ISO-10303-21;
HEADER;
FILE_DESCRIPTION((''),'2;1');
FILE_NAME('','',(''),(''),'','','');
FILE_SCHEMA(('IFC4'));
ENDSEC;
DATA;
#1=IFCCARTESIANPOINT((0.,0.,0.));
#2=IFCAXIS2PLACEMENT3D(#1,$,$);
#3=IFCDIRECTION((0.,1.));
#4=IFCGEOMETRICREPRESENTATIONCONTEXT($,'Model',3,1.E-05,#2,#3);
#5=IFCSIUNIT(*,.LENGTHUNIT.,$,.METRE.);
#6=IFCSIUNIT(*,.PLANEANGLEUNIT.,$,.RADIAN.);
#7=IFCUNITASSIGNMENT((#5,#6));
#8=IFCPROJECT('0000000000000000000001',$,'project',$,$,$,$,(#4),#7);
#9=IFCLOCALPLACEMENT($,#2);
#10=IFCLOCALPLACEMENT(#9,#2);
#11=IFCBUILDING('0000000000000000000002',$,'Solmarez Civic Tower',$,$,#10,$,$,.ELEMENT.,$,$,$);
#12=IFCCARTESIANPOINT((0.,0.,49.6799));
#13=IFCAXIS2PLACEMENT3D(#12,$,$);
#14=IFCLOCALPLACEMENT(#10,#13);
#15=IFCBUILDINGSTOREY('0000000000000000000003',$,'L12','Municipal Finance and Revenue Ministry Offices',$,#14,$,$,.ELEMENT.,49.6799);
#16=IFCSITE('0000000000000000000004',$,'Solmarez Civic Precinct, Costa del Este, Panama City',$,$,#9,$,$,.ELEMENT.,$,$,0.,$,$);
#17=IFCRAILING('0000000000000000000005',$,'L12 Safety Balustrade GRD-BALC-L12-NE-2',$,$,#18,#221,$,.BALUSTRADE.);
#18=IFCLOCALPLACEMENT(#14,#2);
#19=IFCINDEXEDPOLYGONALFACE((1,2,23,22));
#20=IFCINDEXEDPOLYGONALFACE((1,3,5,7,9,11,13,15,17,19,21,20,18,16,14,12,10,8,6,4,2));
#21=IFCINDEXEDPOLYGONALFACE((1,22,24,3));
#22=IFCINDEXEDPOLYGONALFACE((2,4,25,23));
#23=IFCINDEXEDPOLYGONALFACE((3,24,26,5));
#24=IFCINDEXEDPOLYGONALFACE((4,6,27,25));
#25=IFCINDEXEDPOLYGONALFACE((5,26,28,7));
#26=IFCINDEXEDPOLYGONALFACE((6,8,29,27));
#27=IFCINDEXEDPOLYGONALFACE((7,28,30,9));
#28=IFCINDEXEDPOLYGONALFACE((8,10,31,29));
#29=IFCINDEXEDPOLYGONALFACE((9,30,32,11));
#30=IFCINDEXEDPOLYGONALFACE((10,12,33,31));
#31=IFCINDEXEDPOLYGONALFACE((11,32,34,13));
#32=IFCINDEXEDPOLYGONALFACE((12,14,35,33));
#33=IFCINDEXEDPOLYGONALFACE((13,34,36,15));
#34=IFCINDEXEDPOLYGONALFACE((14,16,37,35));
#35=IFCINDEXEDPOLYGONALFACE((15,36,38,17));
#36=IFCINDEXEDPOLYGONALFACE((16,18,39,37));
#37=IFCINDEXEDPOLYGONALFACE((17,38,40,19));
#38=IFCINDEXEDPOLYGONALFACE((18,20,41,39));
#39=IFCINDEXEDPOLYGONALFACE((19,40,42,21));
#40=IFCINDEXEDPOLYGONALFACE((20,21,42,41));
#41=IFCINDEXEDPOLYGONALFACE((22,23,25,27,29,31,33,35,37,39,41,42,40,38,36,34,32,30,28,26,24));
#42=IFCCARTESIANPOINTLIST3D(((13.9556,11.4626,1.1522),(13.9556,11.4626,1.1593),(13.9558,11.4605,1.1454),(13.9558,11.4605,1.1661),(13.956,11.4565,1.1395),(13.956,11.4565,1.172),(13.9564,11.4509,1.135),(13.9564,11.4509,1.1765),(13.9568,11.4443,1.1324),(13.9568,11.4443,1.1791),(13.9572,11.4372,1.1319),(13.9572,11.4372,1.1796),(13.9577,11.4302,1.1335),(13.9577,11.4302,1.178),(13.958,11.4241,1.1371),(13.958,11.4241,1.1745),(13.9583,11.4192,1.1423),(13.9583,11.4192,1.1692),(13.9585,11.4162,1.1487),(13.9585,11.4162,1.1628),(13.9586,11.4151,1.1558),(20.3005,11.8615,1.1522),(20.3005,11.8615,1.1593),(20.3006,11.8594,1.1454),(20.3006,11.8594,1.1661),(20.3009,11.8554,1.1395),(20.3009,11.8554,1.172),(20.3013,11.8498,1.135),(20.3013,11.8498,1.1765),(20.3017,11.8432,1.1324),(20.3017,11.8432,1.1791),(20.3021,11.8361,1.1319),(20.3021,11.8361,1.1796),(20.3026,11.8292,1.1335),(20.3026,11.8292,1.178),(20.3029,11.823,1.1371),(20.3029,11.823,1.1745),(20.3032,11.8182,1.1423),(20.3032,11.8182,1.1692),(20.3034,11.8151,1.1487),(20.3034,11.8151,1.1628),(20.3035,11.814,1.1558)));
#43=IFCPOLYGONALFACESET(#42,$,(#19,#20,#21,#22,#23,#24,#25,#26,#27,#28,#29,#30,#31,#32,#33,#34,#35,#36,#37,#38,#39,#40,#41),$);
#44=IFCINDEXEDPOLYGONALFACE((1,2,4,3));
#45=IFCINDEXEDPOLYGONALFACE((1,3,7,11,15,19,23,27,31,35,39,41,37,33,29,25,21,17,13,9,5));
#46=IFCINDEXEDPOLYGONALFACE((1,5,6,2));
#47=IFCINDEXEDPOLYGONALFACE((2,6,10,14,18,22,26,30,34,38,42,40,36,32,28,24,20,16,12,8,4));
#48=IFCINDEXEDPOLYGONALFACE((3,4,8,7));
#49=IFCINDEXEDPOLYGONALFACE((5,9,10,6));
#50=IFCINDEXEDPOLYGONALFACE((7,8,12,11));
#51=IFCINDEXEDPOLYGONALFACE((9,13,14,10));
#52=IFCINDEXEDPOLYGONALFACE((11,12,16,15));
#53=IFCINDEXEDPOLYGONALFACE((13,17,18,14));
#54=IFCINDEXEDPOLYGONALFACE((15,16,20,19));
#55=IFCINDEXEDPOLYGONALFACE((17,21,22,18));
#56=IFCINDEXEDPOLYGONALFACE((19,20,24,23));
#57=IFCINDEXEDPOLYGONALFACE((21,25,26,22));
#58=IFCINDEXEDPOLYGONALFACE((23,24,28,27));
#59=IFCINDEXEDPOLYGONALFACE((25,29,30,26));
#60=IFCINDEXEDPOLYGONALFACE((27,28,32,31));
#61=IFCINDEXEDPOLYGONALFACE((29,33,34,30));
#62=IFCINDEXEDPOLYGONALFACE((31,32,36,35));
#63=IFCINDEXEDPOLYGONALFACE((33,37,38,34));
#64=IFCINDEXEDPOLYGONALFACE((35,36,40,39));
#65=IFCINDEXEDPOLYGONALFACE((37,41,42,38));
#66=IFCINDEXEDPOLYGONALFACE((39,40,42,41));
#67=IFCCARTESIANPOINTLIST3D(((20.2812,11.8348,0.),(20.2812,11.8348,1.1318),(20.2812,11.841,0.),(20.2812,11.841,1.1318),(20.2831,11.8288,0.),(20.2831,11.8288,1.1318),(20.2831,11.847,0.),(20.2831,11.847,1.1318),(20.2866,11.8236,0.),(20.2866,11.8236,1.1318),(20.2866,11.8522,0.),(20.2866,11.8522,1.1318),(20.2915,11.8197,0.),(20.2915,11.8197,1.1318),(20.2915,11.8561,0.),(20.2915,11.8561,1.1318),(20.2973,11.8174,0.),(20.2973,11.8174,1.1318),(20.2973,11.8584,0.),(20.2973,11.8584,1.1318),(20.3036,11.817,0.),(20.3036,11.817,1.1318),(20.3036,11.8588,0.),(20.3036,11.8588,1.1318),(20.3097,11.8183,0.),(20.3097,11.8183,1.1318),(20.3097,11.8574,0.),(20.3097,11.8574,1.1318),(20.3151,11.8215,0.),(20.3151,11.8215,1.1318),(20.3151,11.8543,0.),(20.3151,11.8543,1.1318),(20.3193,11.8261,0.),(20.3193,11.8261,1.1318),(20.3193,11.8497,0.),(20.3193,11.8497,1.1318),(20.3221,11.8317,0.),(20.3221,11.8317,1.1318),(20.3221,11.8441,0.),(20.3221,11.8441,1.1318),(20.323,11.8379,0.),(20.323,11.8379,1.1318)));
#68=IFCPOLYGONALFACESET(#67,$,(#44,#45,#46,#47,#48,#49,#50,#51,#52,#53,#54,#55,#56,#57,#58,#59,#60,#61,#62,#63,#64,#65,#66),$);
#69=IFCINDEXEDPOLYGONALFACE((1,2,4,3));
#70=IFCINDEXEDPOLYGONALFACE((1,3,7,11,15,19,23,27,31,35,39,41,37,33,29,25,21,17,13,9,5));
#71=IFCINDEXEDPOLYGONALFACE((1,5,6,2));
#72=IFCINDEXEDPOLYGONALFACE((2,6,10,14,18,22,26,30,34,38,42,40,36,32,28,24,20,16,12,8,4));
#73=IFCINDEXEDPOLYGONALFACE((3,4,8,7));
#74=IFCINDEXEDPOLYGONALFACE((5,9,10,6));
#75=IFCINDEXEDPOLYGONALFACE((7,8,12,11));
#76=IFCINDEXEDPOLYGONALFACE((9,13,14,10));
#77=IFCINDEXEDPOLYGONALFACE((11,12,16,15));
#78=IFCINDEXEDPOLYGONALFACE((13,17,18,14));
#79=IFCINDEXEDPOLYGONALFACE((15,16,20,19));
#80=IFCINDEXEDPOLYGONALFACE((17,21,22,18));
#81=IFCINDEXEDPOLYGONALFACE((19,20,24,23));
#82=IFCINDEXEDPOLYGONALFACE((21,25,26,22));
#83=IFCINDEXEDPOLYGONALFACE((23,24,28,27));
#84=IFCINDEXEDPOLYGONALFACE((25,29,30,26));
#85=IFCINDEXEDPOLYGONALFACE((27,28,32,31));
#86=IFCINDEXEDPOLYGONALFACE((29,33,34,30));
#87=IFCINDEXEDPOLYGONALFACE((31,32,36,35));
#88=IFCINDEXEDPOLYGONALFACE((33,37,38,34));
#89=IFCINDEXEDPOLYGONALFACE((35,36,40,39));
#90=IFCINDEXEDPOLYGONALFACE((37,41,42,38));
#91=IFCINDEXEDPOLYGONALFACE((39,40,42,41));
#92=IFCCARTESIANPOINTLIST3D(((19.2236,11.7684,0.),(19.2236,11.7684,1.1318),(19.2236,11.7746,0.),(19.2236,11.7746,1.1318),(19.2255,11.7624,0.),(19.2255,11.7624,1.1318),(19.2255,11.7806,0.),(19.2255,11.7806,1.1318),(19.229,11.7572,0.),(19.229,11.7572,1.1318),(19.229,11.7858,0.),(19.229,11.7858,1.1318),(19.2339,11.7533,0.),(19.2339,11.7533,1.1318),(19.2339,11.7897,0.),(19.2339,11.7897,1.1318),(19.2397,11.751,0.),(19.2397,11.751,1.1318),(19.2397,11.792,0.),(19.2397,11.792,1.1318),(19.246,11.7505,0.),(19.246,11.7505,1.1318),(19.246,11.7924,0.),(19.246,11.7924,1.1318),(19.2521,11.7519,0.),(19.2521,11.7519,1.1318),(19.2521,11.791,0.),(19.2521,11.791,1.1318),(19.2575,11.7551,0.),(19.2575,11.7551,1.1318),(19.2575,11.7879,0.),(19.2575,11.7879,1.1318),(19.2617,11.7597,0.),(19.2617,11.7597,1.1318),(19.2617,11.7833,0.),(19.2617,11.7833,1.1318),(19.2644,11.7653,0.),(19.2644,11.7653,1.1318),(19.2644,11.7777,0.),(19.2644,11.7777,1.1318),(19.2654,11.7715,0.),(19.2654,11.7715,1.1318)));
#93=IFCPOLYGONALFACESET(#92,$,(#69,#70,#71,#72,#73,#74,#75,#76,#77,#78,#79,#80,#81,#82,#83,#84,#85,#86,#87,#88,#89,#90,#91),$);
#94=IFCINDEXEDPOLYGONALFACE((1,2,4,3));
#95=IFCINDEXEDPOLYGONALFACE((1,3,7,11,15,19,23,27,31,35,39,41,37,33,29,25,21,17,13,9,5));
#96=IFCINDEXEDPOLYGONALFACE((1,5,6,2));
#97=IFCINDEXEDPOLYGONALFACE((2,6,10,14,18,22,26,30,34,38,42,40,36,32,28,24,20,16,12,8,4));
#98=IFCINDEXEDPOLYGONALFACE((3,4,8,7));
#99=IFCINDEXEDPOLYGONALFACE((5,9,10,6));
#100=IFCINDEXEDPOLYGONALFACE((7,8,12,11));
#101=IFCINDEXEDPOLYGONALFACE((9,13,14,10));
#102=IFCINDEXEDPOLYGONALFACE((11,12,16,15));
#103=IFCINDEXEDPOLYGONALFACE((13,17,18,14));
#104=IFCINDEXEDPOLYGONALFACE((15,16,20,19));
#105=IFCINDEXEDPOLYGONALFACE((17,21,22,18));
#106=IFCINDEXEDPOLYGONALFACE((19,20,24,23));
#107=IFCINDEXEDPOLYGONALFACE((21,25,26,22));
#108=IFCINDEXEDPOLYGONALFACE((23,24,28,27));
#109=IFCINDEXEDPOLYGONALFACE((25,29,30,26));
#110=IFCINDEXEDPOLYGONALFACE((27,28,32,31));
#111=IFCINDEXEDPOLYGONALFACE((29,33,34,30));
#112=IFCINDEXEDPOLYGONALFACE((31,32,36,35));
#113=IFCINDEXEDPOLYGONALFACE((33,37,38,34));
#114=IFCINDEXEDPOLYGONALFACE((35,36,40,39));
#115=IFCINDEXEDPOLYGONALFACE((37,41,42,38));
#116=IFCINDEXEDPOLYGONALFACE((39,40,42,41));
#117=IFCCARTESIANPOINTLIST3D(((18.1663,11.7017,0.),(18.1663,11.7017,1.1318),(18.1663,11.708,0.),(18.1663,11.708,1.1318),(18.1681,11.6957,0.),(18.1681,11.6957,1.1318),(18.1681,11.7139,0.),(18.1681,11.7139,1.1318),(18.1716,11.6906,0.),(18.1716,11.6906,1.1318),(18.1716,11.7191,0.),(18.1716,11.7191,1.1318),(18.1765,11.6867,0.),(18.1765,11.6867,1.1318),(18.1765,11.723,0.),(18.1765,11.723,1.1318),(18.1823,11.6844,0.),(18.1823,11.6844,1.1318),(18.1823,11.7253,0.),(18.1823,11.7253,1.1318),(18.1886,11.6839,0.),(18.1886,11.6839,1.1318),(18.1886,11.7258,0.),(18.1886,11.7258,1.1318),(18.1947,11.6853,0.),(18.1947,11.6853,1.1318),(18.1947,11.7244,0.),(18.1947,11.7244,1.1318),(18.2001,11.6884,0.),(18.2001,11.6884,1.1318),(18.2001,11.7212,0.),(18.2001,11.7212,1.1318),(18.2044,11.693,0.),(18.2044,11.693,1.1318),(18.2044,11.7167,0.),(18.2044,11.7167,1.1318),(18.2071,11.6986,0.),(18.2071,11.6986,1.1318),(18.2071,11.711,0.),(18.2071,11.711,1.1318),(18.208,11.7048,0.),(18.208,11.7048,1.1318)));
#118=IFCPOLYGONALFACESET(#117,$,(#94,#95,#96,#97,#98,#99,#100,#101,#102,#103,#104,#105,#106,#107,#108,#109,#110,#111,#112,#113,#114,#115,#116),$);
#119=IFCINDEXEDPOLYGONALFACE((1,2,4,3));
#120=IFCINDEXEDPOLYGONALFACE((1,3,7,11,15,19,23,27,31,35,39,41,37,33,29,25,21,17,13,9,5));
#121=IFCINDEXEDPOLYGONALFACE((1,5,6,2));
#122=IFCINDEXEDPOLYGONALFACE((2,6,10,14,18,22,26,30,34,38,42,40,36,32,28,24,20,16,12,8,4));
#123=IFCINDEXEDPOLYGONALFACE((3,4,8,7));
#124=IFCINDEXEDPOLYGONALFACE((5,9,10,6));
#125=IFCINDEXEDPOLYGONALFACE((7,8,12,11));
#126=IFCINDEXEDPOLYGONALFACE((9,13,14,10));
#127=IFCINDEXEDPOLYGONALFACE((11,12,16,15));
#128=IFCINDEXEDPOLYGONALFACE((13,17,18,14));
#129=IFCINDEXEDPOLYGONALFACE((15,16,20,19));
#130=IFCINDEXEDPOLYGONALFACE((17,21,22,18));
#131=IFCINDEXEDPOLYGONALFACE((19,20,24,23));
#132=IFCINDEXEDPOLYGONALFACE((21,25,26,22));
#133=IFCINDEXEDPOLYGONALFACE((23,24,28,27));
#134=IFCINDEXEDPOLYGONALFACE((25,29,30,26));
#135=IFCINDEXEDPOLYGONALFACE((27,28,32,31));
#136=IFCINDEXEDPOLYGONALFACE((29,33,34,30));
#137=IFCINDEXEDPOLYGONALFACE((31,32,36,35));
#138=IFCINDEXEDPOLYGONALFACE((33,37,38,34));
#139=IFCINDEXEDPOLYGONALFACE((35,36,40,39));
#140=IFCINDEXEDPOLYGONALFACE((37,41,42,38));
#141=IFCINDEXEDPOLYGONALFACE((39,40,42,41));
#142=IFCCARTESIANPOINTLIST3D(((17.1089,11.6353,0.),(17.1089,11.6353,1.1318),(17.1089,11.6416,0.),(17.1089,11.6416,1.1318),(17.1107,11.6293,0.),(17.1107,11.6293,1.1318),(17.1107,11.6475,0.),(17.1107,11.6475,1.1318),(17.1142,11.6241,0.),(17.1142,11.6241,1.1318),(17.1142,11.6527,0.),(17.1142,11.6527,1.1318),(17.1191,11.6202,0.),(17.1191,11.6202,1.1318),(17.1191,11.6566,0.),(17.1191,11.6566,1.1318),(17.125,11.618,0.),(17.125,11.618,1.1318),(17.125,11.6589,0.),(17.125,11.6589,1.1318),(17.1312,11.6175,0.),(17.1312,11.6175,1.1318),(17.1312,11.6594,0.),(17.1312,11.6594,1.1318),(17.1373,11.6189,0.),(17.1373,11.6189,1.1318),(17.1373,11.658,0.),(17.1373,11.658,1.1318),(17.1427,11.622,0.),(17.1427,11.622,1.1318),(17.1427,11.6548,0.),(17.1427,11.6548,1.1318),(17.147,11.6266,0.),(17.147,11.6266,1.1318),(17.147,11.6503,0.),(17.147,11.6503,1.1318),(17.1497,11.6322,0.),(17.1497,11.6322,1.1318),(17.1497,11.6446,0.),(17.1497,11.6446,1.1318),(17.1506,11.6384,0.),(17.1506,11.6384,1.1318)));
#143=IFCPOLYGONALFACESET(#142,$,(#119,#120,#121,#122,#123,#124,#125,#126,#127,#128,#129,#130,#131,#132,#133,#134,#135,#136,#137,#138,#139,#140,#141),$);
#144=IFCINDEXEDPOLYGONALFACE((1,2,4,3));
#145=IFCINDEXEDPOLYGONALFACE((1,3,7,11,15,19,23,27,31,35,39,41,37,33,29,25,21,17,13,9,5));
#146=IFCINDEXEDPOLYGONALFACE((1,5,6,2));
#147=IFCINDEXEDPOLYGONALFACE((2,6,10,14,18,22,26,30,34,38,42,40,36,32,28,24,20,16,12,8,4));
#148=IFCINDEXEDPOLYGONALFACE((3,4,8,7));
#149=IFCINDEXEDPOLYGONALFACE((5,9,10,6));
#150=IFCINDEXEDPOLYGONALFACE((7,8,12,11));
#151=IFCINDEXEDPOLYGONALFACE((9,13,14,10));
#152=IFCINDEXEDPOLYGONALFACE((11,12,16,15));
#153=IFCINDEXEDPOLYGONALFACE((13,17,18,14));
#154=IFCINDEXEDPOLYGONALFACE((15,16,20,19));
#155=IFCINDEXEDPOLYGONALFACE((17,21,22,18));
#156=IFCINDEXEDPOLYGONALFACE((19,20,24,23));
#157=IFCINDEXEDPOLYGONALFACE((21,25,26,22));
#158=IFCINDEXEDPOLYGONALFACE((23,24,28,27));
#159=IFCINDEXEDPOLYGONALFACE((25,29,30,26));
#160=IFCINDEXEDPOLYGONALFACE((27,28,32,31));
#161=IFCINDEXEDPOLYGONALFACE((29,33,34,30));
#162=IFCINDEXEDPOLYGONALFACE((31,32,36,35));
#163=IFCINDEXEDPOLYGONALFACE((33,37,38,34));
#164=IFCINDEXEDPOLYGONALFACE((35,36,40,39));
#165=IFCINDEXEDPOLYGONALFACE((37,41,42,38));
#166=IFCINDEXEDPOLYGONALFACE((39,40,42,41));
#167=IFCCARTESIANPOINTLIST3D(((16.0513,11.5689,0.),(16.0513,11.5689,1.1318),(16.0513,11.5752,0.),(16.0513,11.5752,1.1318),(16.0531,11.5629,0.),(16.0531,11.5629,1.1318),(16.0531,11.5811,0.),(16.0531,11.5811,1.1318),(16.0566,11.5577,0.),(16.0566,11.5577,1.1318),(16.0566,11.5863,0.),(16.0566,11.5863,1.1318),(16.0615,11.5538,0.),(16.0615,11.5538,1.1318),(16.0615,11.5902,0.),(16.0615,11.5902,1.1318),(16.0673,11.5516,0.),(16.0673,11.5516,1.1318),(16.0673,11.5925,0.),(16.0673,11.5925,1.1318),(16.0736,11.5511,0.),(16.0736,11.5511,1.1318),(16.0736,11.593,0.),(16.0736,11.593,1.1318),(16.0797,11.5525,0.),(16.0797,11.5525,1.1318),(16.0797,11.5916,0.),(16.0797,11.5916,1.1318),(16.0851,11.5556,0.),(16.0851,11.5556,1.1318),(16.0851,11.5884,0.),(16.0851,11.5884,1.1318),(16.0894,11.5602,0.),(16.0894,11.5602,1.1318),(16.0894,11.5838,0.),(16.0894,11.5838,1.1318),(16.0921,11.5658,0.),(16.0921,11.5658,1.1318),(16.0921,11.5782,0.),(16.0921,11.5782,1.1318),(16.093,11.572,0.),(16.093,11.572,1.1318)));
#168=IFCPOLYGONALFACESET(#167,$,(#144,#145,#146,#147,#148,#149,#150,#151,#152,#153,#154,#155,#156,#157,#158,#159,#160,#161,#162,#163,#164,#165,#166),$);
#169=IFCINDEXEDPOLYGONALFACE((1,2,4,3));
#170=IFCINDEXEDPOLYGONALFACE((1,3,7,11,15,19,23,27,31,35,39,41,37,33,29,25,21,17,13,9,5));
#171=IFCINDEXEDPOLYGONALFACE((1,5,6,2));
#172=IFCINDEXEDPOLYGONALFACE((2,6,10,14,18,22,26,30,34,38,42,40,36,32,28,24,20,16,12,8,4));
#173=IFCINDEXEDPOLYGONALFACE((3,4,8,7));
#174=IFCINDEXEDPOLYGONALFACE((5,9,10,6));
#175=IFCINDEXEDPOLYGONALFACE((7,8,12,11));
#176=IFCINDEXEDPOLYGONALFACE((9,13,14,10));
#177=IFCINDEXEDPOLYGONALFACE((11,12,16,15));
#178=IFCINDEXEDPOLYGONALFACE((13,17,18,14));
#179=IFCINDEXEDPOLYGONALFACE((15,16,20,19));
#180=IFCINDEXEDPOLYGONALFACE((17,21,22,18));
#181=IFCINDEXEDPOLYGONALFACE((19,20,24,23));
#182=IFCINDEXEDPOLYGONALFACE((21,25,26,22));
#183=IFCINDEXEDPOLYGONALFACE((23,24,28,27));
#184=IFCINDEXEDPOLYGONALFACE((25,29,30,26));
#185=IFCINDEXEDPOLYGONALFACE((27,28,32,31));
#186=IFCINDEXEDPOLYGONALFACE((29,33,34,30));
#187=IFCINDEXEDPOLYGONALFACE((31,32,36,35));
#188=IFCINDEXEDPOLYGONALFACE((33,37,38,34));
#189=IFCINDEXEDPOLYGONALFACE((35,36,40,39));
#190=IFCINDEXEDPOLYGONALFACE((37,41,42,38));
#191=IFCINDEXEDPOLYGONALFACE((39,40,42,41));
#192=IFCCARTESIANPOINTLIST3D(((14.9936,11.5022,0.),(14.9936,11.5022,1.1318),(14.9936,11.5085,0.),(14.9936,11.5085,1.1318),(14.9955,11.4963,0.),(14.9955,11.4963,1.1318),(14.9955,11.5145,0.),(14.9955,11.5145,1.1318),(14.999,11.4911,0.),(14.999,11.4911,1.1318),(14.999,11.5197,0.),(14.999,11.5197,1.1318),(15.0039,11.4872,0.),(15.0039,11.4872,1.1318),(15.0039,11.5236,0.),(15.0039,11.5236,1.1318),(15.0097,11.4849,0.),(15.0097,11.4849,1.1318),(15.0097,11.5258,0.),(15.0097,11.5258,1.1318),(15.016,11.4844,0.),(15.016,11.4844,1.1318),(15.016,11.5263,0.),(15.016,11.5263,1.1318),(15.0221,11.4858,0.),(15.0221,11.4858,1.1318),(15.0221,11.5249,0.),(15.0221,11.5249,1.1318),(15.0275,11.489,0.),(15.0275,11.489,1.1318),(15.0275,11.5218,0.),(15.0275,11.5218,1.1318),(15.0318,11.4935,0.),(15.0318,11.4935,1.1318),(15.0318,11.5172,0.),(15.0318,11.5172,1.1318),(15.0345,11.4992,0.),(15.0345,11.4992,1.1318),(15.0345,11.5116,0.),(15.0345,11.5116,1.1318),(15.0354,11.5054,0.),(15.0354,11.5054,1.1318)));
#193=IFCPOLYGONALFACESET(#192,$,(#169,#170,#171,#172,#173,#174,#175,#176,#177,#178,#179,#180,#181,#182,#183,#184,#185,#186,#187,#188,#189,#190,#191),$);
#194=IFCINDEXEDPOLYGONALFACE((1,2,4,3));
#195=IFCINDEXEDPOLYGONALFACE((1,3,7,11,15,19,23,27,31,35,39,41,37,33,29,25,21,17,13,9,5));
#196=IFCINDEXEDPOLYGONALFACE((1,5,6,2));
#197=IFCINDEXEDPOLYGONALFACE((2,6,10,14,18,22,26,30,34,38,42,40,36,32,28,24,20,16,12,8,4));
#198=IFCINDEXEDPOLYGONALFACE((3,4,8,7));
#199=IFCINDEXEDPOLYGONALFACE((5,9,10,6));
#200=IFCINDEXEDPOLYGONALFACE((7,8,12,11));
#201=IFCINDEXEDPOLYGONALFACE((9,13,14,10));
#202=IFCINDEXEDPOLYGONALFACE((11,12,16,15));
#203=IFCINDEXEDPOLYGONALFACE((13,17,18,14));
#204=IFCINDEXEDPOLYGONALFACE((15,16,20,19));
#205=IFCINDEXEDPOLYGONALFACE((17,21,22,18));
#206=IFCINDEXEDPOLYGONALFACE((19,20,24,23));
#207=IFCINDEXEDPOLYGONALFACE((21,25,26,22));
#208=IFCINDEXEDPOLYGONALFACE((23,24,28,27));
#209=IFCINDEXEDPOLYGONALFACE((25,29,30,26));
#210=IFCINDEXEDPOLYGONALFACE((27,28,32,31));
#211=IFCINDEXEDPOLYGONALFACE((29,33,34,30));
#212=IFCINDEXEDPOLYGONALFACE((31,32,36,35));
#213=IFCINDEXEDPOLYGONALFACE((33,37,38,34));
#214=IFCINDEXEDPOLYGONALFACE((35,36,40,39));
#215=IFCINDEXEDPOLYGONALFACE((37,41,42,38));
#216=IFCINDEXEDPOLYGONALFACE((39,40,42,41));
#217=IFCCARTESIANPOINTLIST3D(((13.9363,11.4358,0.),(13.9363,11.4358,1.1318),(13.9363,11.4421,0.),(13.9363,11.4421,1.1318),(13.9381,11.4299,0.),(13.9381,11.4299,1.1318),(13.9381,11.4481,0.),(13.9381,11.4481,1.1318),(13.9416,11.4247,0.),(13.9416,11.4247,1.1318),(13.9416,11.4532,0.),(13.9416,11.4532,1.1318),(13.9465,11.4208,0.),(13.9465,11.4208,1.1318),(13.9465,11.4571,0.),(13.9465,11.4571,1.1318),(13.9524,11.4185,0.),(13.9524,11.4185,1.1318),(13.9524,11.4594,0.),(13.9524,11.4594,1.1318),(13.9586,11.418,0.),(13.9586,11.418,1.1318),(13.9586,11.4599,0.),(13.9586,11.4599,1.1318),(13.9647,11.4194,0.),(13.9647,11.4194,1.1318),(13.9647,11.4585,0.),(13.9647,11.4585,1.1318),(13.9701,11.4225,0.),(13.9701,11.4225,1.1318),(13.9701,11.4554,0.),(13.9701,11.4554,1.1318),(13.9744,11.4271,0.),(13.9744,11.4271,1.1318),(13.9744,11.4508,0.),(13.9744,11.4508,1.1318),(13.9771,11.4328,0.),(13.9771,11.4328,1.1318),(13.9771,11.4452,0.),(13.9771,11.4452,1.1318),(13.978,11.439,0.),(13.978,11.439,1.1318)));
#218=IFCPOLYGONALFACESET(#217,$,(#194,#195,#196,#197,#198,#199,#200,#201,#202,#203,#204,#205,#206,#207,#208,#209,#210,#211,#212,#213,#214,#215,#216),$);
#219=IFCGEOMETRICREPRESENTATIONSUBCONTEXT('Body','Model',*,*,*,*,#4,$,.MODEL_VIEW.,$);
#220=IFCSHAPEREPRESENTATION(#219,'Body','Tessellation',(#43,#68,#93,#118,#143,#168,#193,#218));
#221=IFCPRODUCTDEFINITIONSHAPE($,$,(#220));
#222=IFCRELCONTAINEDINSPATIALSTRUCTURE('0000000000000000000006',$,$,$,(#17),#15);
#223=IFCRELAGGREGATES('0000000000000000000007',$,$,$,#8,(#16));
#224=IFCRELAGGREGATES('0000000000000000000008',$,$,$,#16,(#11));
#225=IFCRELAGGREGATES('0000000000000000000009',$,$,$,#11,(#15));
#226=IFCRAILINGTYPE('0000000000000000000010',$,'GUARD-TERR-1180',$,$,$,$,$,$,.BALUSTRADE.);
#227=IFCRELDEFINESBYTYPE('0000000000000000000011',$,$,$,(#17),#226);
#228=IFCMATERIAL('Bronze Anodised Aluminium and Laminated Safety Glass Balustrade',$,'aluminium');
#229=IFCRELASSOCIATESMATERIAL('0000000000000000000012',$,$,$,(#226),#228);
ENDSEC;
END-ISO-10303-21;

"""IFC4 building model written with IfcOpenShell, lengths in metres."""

from ifc_helpers import new_model, si_unit, direction, frame, origin, origin_2d, place, context, subcontext, project, spatial, circle, extrude, material, type_object, element, save


model = new_model("IFC4")

# Units and contexts
model_context = context("Model", 3, precision=1e-05, world=origin(), true_north=direction((0.0, 1.0)))
body_context = subcontext(model_context, "Body", "Model", "MODEL_VIEW")
ifc_project = project(units=[si_unit("LENGTHUNIT", "METRE"), si_unit("PLANEANGLEUNIT", "RADIAN")], contexts=[model_context])

# Site, building, storey
site_placement = place(None, origin())
site = spatial("IfcSite", under=ifc_project, at=site_placement, Name="Solmarez Civic Precinct, Costa del Este, Panama City", CompositionType="ELEMENT", RefElevation=0.0)
building_placement = place(site_placement, origin())
building = spatial("IfcBuilding", under=site, at=building_placement, Name="Solmarez Civic Tower", CompositionType="ELEMENT")
storey_placement = place(building_placement, frame((0.0, 0.0, 49.6799)))
storey = spatial("IfcBuildingStorey", under=building, at=storey_placement, Name="L12", Description="Municipal Finance and Revenue Ministry Offices", CompositionType="ELEMENT", Elevation=49.6799)

# Railing
ifc_material_1 = material(Name="Bronze Anodised Aluminium and Laminated Safety Glass Balustrade", Category="aluminium")
railing_type = type_object("IfcRailingType", Name="GUARD-TERR-1180", PredefinedType="BALUSTRADE", material=ifc_material_1)
railing_1_placement = place(storey_placement, frame((20.302, 11.8379, 0.0)))
element("IfcRailing", 1, at=railing_1_placement, inside=storey, type_object=railing_type, Name="L12 Safety Balustrade GRD-BALC-L12-NE-2", PredefinedType="BALUSTRADE", context=body_context, shape_type="SweptSolid", body=[
    extrude(circle(Radius=0.0239, at=origin_2d()), frame((0.0, 0.0, 1.1558), z_axis=(-0.998029, -0.062749, 0.0), x_axis=(0.062749, -0.998029, 0.0)), (0.0, 0.0, 1.0), 6.3574),
    extrude(circle(Radius=0.021, at=origin_2d()), origin(), (0.0, 0.0, 1.0), 1.1318),
    extrude(circle(Radius=0.021, at=origin_2d()), frame((-1.0576, -0.0664, 0.0)), (0.0, 0.0, 1.0), 1.1318),
    extrude(circle(Radius=0.021, at=origin_2d()), frame((-2.115, -0.1331, 0.0)), (0.0, 0.0, 1.0), 1.1318),
    extrude(circle(Radius=0.021, at=origin_2d()), frame((-3.1724, -0.1995, 0.0)), (0.0, 0.0, 1.0), 1.1318),
    extrude(circle(Radius=0.021, at=origin_2d()), frame((-4.23, -0.2659, 0.0)), (0.0, 0.0, 1.0), 1.1318),
    extrude(circle(Radius=0.021, at=origin_2d()), frame((-5.2876, -0.3325, 0.0)), (0.0, 0.0, 1.0), 1.1318),
    extrude(circle(Radius=0.021, at=origin_2d()), frame((-6.345, -0.3989, 0.0)), (0.0, 0.0, 1.0), 1.1318),
])

save(model, "model.ifc")
